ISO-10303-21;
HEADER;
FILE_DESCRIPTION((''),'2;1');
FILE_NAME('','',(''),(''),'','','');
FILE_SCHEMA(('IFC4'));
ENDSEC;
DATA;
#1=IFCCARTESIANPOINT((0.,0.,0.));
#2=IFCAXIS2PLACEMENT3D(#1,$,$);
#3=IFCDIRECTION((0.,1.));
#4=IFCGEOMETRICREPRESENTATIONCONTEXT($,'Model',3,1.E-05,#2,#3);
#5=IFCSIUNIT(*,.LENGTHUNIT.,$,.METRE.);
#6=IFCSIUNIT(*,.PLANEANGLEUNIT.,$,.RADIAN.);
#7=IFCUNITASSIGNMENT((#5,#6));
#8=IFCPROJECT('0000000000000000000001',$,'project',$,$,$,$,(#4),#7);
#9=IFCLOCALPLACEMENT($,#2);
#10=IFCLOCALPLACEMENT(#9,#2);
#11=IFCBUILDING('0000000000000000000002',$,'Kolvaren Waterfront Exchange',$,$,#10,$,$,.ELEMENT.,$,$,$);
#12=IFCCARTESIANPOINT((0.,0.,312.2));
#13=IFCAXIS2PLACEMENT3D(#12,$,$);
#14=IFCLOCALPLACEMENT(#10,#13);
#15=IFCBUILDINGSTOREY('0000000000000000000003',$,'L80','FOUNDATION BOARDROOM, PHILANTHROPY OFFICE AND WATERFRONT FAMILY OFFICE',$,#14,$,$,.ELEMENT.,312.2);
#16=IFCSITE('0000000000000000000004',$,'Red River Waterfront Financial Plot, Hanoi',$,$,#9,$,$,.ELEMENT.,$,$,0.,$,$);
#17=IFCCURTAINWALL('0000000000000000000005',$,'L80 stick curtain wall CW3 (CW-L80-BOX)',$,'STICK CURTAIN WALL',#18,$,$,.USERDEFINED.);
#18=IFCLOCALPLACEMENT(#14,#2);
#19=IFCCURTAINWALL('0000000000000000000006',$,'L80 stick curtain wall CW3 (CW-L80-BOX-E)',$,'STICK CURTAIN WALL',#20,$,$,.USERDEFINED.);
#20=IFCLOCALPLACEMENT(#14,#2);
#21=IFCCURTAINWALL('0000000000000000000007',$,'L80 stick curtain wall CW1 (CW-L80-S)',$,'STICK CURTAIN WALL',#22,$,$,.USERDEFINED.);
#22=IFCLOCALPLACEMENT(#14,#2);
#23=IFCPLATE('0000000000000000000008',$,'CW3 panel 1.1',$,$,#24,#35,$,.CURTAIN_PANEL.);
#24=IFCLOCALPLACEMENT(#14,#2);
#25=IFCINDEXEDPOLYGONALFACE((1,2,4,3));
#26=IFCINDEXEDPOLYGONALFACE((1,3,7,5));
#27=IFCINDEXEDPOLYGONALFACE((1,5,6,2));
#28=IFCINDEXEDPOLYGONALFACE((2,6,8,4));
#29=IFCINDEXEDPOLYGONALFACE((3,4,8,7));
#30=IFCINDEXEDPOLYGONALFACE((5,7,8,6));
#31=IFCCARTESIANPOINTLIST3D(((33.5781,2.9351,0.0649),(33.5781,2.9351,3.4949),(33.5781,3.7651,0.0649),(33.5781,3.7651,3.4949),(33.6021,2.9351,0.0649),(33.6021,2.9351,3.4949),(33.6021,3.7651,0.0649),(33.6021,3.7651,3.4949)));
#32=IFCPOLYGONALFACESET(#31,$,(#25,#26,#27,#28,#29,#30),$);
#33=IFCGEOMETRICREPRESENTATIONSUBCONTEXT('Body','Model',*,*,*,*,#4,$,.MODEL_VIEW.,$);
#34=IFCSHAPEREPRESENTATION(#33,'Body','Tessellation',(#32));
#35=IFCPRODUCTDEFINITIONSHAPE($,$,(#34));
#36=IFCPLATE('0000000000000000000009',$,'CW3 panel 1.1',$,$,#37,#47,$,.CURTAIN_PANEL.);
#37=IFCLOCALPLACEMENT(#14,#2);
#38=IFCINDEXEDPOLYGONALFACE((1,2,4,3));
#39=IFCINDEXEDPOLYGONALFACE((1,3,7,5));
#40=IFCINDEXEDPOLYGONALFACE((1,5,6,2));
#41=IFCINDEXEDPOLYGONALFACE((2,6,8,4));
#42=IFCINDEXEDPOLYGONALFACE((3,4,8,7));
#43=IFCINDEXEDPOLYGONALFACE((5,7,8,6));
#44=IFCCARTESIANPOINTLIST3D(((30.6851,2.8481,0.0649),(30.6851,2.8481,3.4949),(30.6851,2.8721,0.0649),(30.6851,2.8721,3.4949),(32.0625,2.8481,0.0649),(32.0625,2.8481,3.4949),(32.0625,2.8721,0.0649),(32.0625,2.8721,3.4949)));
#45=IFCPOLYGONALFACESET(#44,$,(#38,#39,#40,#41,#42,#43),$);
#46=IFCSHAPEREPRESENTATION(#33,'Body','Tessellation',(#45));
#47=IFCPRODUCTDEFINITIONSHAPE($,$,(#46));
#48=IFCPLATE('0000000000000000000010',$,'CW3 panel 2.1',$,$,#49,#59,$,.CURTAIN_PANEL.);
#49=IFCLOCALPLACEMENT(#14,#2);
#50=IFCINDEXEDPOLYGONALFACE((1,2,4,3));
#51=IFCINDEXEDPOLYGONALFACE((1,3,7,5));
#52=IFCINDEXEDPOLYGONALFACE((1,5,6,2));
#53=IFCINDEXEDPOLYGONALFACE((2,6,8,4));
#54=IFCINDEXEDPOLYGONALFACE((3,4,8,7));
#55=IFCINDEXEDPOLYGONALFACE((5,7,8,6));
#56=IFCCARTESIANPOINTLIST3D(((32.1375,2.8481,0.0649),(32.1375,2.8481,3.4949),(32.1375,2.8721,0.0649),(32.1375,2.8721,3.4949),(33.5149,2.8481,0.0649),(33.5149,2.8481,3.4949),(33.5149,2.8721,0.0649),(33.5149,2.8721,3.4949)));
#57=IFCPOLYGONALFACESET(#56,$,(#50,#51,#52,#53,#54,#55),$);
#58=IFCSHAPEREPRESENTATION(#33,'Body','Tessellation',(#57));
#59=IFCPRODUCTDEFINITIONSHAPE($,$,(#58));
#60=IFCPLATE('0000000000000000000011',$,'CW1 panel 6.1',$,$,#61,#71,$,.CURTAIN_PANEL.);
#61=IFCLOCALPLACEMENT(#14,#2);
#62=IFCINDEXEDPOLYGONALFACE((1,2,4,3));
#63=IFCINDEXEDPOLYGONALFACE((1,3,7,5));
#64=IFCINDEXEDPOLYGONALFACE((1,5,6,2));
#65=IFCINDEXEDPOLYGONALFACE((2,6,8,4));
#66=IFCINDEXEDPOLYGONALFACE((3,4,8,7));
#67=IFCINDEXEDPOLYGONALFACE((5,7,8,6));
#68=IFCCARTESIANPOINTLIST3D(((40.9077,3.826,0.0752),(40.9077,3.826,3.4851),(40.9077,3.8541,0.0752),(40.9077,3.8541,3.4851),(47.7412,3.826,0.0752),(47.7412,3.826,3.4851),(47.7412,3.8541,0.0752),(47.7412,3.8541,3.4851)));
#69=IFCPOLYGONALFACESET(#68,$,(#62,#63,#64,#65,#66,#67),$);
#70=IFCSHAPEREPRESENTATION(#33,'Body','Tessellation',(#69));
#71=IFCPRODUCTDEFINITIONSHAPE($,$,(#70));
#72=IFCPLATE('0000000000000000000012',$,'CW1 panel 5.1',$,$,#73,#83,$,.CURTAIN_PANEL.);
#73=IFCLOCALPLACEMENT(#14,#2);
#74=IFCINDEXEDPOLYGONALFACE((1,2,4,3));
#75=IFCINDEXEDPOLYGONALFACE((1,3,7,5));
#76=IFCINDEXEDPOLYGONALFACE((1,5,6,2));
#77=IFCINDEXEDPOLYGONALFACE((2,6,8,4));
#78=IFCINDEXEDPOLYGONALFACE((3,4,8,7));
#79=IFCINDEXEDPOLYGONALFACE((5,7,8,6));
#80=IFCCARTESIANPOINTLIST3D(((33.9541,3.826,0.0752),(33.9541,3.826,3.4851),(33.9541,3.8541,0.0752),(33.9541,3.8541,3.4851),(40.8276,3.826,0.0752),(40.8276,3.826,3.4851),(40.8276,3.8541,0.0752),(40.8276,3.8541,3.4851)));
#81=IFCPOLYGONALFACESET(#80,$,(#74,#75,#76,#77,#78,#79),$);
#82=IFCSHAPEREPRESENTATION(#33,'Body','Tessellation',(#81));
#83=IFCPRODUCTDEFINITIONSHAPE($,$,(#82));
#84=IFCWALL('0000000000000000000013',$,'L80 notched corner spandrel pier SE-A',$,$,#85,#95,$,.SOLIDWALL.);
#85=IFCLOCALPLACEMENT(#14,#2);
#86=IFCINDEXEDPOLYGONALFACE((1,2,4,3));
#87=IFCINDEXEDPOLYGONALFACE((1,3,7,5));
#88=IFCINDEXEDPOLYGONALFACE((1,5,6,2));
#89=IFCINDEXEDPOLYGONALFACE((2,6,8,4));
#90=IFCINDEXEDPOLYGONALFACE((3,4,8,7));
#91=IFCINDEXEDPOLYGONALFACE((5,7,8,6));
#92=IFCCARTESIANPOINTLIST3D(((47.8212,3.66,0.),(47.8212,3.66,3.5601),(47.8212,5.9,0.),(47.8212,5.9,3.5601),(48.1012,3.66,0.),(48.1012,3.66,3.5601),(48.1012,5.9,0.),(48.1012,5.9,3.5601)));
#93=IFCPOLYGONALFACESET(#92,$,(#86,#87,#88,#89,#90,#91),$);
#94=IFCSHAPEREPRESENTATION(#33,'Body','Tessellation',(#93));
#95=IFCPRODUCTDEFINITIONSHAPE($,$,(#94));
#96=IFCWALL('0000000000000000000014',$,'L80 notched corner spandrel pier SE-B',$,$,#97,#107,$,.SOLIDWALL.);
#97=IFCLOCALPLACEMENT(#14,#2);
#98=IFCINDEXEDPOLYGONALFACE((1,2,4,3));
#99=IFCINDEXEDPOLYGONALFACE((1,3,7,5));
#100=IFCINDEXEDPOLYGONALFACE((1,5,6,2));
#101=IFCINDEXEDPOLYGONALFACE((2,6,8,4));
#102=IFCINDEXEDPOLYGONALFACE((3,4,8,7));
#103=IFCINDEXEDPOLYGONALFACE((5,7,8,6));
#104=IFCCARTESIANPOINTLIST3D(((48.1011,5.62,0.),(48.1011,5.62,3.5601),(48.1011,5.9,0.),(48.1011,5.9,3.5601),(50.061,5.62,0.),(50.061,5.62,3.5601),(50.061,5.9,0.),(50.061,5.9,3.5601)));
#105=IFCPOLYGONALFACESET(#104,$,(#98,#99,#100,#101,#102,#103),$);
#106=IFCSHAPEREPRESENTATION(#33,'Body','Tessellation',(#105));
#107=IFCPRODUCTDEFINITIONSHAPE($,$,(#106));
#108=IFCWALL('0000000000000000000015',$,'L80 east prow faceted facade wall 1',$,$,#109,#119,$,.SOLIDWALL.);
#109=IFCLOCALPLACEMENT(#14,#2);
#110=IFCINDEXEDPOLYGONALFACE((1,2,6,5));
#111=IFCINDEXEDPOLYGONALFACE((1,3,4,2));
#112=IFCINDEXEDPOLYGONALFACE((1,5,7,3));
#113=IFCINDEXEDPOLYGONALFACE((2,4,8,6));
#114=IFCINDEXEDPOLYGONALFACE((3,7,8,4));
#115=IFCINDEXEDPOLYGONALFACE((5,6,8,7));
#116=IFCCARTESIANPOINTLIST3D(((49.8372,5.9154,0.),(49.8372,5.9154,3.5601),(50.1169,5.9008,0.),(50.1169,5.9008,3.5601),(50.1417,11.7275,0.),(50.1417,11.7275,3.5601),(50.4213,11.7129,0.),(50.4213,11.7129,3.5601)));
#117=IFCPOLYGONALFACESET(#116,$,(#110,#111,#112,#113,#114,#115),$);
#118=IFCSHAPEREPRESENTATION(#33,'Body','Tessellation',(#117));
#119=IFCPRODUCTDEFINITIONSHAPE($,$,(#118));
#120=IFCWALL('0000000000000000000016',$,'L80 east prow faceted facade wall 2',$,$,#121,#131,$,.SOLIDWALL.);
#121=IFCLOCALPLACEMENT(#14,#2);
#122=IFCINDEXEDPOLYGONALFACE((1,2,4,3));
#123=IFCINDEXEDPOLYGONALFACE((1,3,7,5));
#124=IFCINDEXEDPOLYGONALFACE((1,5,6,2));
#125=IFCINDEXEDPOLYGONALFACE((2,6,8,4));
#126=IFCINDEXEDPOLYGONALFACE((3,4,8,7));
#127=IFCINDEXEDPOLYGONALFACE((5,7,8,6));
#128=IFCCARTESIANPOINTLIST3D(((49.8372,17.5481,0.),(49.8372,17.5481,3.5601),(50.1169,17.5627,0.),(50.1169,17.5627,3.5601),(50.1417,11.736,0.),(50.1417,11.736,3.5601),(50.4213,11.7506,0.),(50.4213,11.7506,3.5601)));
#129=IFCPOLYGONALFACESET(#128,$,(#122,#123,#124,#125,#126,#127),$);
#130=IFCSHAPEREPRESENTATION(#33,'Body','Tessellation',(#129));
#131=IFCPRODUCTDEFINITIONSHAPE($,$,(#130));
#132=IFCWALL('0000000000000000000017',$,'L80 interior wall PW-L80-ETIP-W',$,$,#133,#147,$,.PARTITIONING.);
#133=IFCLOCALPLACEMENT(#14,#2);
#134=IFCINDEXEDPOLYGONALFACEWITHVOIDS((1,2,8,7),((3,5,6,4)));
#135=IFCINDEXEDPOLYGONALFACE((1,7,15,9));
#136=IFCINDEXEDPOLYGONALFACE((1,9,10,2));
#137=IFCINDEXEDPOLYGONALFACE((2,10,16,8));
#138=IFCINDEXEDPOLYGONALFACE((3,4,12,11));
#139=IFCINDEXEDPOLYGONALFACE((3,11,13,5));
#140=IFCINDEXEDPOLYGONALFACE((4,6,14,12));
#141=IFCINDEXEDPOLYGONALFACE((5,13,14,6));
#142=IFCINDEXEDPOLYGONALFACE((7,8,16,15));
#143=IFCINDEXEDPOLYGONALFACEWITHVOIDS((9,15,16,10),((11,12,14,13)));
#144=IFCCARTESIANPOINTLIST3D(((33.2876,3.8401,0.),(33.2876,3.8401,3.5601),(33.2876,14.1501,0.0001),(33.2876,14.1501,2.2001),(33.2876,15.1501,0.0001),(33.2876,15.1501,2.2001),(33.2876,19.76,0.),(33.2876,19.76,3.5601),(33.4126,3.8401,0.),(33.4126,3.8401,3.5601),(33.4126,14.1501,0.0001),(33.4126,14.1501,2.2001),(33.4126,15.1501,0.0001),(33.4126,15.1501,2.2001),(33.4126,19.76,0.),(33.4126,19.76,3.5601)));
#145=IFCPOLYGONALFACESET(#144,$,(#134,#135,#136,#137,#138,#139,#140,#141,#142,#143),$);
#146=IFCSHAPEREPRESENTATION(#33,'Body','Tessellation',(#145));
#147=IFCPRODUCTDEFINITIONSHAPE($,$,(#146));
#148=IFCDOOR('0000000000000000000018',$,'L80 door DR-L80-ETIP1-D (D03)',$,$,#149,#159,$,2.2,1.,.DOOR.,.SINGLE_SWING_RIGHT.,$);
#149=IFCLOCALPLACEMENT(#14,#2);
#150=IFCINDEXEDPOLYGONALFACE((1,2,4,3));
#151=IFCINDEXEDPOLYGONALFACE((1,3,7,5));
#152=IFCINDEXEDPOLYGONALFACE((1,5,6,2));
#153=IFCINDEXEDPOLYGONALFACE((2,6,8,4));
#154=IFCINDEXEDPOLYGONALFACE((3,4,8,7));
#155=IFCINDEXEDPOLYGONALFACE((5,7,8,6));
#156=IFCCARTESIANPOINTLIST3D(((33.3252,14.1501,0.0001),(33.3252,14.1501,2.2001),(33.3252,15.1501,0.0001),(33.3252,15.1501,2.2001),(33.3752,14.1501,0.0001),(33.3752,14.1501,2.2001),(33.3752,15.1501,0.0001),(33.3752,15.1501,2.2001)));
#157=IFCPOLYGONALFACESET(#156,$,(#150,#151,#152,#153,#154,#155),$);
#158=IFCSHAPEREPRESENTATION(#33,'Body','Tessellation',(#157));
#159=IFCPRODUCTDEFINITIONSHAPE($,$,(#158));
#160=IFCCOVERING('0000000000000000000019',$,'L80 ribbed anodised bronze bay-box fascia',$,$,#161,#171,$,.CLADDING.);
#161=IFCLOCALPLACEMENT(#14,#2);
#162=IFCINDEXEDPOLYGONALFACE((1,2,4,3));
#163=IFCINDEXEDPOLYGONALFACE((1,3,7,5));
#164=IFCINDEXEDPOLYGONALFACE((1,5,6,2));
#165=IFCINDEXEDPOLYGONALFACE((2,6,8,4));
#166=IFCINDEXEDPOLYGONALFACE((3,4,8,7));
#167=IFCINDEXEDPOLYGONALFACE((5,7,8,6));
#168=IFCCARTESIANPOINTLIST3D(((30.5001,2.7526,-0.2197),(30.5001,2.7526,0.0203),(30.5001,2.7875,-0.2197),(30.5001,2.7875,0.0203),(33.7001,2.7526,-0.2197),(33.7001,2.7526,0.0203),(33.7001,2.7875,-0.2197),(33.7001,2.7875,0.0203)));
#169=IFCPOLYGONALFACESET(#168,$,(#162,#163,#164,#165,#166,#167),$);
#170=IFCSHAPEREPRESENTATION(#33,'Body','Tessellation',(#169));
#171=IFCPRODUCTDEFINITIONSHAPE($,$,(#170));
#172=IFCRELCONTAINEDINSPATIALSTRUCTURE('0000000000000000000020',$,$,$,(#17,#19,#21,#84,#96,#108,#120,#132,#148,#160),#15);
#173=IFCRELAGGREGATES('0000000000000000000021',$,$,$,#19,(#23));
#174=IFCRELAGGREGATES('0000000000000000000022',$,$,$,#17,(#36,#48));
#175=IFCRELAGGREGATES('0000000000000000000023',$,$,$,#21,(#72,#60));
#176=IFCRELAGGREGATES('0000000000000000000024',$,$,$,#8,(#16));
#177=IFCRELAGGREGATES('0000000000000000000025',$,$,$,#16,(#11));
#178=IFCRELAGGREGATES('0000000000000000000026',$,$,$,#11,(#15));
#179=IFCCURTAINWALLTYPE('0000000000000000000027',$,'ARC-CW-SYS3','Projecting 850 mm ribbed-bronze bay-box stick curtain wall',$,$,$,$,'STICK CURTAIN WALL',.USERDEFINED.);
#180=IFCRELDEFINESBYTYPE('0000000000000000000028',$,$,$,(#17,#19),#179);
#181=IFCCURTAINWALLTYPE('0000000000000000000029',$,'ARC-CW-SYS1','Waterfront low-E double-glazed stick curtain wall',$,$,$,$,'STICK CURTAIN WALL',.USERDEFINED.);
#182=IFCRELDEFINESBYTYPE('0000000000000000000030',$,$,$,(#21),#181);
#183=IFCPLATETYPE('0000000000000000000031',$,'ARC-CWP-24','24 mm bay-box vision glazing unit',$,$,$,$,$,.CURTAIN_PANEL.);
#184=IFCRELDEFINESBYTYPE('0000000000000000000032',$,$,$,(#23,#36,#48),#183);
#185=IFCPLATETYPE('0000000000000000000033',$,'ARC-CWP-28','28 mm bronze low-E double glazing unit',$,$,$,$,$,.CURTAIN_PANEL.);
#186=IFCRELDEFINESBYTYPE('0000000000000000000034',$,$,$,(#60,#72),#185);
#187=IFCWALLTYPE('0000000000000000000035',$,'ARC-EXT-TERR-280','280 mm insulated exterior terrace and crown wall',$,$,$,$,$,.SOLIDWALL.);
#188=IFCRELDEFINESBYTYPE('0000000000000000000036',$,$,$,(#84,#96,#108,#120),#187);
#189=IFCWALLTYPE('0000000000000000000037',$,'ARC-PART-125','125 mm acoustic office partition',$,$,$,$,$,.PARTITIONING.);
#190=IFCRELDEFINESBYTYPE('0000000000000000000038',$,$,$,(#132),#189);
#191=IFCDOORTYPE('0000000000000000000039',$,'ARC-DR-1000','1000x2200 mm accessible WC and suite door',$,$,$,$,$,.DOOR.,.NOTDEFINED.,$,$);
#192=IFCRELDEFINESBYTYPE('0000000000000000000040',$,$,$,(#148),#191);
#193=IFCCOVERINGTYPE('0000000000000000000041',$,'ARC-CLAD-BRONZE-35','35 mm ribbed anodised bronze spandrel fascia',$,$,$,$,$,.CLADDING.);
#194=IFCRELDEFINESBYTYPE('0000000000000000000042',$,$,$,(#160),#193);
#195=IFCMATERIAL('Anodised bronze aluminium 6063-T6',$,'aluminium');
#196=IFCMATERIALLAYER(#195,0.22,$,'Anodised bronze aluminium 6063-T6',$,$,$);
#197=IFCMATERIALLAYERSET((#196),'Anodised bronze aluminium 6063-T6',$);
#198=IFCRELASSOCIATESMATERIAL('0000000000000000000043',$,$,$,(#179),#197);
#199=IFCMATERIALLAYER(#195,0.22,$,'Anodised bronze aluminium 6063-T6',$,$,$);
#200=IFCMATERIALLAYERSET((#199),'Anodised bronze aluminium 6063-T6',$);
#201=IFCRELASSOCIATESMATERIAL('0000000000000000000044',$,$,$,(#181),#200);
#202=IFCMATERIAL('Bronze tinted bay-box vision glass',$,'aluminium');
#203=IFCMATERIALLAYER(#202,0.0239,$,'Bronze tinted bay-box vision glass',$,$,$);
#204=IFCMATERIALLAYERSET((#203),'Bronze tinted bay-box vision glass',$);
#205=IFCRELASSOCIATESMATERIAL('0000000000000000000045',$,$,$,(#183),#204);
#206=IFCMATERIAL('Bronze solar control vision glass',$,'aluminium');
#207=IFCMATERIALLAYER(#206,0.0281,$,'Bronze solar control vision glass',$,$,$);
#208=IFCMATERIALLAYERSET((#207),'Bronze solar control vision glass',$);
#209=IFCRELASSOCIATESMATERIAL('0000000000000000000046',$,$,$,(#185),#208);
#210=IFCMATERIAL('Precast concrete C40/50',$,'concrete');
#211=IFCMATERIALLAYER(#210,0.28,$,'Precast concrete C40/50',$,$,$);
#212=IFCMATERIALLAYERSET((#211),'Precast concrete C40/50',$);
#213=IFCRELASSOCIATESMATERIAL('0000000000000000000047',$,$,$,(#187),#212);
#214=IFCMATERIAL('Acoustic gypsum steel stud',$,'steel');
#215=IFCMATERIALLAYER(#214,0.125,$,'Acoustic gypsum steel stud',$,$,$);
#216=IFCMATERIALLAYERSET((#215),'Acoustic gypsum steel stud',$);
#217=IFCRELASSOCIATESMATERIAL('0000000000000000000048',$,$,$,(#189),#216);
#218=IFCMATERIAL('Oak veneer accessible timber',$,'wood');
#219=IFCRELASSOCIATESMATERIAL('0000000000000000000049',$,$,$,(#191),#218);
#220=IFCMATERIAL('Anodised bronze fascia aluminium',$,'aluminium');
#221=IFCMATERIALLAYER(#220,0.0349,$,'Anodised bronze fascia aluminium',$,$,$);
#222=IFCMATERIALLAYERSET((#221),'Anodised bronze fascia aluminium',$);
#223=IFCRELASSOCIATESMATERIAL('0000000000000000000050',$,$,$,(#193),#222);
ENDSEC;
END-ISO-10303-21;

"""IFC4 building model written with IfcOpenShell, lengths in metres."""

from ifc_helpers import new_model, si_unit, direction, frame, frame_2d, origin, origin_with_axes, origin_2d, place, context, subcontext, project, spatial, rectangle, extrude, source, transform, mapped, material, layer, layer_set, type_object, element, fill, aggregate, save


model = new_model("IFC4")

# Units and contexts
model_context = context("Model", 3, precision=1e-05, world=origin(), true_north=direction((0.0, 1.0)))
body_context = subcontext(model_context, "Body", "Model", "MODEL_VIEW")
ifc_project = project(units=[si_unit("LENGTHUNIT", "METRE"), si_unit("PLANEANGLEUNIT", "RADIAN")], contexts=[model_context])

# Site, building, storey
site_placement = place(None, origin())
site = spatial("IfcSite", under=ifc_project, at=site_placement, Name="Red River Waterfront Financial Plot, Hanoi", CompositionType="ELEMENT", RefElevation=0.0)
building_placement = place(site_placement, origin())
building = spatial("IfcBuilding", under=site, at=building_placement, Name="Kolvaren Waterfront Exchange", CompositionType="ELEMENT")
storey_placement = place(building_placement, frame((0.0, 0.0, 312.2)))
storey = spatial("IfcBuildingStorey", under=building, at=storey_placement, Name="L80", Description="FOUNDATION BOARDROOM, PHILANTHROPY OFFICE AND WATERFRONT FAMILY OFFICE", CompositionType="ELEMENT", Elevation=312.2)

# Curtain walls
ifc_material_1 = material(Name="Anodised bronze aluminium 6063-T6", Category="aluminium")
ifc_layer_1 = layer(ifc_material_1, 0.22, Name="Anodised bronze aluminium 6063-T6")
ifc_layer_set_1 = layer_set([ifc_layer_1], Name="Anodised bronze aluminium 6063-T6")
curtain_wall_type_1 = type_object("IfcCurtainWallType", Name="ARC-CW-SYS3", Description="Projecting 850 mm ribbed-bronze bay-box stick curtain wall", ElementType="STICK CURTAIN WALL", PredefinedType="USERDEFINED", material=ifc_layer_set_1)
curtain_wall_1_placement = place(storey_placement, origin())
curtain_wall_1 = element("IfcCurtainWall", 1, at=curtain_wall_1_placement, inside=storey, type_object=curtain_wall_type_1, Name="L80 stick curtain wall CW3 (CW-L80-BOX)", ObjectType="STICK CURTAIN WALL", PredefinedType="USERDEFINED")
curtain_wall_2_placement = place(storey_placement, origin())
curtain_wall_2 = element("IfcCurtainWall", 2, at=curtain_wall_2_placement, inside=storey, type_object=curtain_wall_type_1, Name="L80 stick curtain wall CW3 (CW-L80-BOX-E)", ObjectType="STICK CURTAIN WALL", PredefinedType="USERDEFINED")

# Curtain wall
ifc_layer_2 = layer(ifc_material_1, 0.22, Name="Anodised bronze aluminium 6063-T6")
ifc_layer_set_2 = layer_set([ifc_layer_2], Name="Anodised bronze aluminium 6063-T6")
curtain_wall_type_2 = type_object("IfcCurtainWallType", Name="ARC-CW-SYS1", Description="Waterfront low-E double-glazed stick curtain wall", ElementType="STICK CURTAIN WALL", PredefinedType="USERDEFINED", material=ifc_layer_set_2)
curtain_wall_3_placement = place(storey_placement, origin())
curtain_wall_3 = element("IfcCurtainWall", 3, at=curtain_wall_3_placement, inside=storey, type_object=curtain_wall_type_2, Name="L80 stick curtain wall CW1 (CW-L80-S)", ObjectType="STICK CURTAIN WALL", PredefinedType="USERDEFINED")

# Plates
ifc_material_2 = material(Name="Bronze tinted bay-box vision glass", Category="aluminium")
ifc_layer_3 = layer(ifc_material_2, 0.0239, Name="Bronze tinted bay-box vision glass")
ifc_layer_set_3 = layer_set([ifc_layer_3], Name="Bronze tinted bay-box vision glass")
plate_type_1 = type_object("IfcPlateType", Name="ARC-CWP-24", Description="24 mm bay-box vision glazing unit", PredefinedType="CURTAIN_PANEL", material=ifc_layer_set_3)
shared_shape_1 = source(origin_with_axes(), body_context, "Body", "SweptSolid", [
    extrude(rectangle(XDim=0.8301, YDim=0.0239, at=origin_2d()), origin(), (0.0, 0.0, 1.0), 3.4299),
])
plate_1_placement = place(storey_placement, frame((33.5901, 3.3501, 0.0649), z_axis=(0.0, 0.0, 1.0), x_axis=(0.0, 1.0, 0.0)))
plate_1 = element("IfcPlate", 4, at=plate_1_placement, type_object=plate_type_1, Name="CW3 panel 1.1", PredefinedType="CURTAIN_PANEL", context=body_context, shape_type="MappedRepresentation", body=[
    mapped(shared_shape_1, transform((0.0, 0.0, 0.0), x_axis=(1.0, 0.0, 0.0), y_axis=(0.0, 1.0, 0.0), z_axis=(0.0, 0.0, 1.0), scale=1.0)),
])
aggregate(curtain_wall_2, [plate_1])
shared_shape_2 = source(origin_with_axes(), body_context, "Body", "SweptSolid", [
    extrude(rectangle(XDim=1.3774, YDim=0.0239, at=origin_2d()), origin(), (0.0, 0.0, 1.0), 3.4299),
])
plate_2_placement = place(storey_placement, frame((31.3738, 2.8601, 0.0649), z_axis=(0.0, 0.0, 1.0), x_axis=(1.0, 0.0, 0.0)))
plate_2 = element("IfcPlate", 5, at=plate_2_placement, type_object=plate_type_1, Name="CW3 panel 1.1", PredefinedType="CURTAIN_PANEL", context=body_context, shape_type="MappedRepresentation", body=[
    mapped(shared_shape_2, transform((0.0, 0.0, 0.0), x_axis=(1.0, 0.0, 0.0), y_axis=(0.0, 1.0, 0.0), z_axis=(0.0, 0.0, 1.0), scale=1.0)),
])
plate_3_placement = place(storey_placement, frame((32.8262, 2.8601, 0.0649), z_axis=(0.0, 0.0, 1.0), x_axis=(1.0, 0.0, 0.0)))
plate_3 = element("IfcPlate", 6, at=plate_3_placement, type_object=plate_type_1, Name="CW3 panel 2.1", PredefinedType="CURTAIN_PANEL", context=body_context, shape_type="MappedRepresentation", body=[
    mapped(shared_shape_2, transform((0.0, 0.0, 0.0), x_axis=(1.0, 0.0, 0.0), y_axis=(0.0, 1.0, 0.0), z_axis=(0.0, 0.0, 1.0), scale=1.0)),
])
aggregate(curtain_wall_1, [plate_2, plate_3])
ifc_material_3 = material(Name="Bronze solar control vision glass", Category="aluminium")
ifc_layer_4 = layer(ifc_material_3, 0.0281, Name="Bronze solar control vision glass")
ifc_layer_set_4 = layer_set([ifc_layer_4], Name="Bronze solar control vision glass")
plate_type_2 = type_object("IfcPlateType", Name="ARC-CWP-28", Description="28 mm bronze low-E double glazing unit", PredefinedType="CURTAIN_PANEL", material=ifc_layer_set_4)
shared_shape_3 = source(origin_with_axes(), body_context, "Body", "SweptSolid", [
    extrude(rectangle(XDim=6.8335, YDim=0.0281, at=origin_2d()), origin(), (0.0, 0.0, 1.0), 3.4099),
])
plate_4_placement = place(storey_placement, frame((44.3245, 3.8401, 0.0752), z_axis=(0.0, 0.0, 1.0), x_axis=(1.0, 0.0, 0.0)))
plate_4 = element("IfcPlate", 7, at=plate_4_placement, type_object=plate_type_2, Name="CW1 panel 6.1", PredefinedType="CURTAIN_PANEL", context=body_context, shape_type="MappedRepresentation", body=[
    mapped(shared_shape_3, transform((0.0, 0.0, 0.0), x_axis=(1.0, 0.0, 0.0), y_axis=(0.0, 1.0, 0.0), z_axis=(0.0, 0.0, 1.0), scale=1.0)),
])
shared_shape_4 = source(origin_with_axes(), body_context, "Body", "SweptSolid", [
    extrude(rectangle(XDim=6.8735, YDim=0.0281, at=origin_2d()), origin(), (0.0, 0.0, 1.0), 3.4099),
])
plate_5_placement = place(storey_placement, frame((37.3909, 3.8401, 0.0752), z_axis=(0.0, 0.0, 1.0), x_axis=(1.0, 0.0, 0.0)))
plate_5 = element("IfcPlate", 8, at=plate_5_placement, type_object=plate_type_2, Name="CW1 panel 5.1", PredefinedType="CURTAIN_PANEL", context=body_context, shape_type="MappedRepresentation", body=[
    mapped(shared_shape_4, transform((0.0, 0.0, 0.0), x_axis=(1.0, 0.0, 0.0), y_axis=(0.0, 1.0, 0.0), z_axis=(0.0, 0.0, 1.0), scale=1.0)),
])
aggregate(curtain_wall_3, [plate_5, plate_4])

# Walls
ifc_material_4 = material(Name="Precast concrete C40/50", Category="concrete")
ifc_layer_5 = layer(ifc_material_4, 0.28, Name="Precast concrete C40/50")
ifc_layer_set_5 = layer_set([ifc_layer_5], Name="Precast concrete C40/50")
wall_type_1 = type_object("IfcWallType", Name="ARC-EXT-TERR-280", Description="280 mm insulated exterior terrace and crown wall", PredefinedType="SOLIDWALL", material=ifc_layer_set_5)
wall_1_placement = place(storey_placement, frame((47.9612, 3.6599, 0.0), z_axis=(0.0, 0.0, 1.0), x_axis=(0.0, 1.0, 0.0)))
element("IfcWall", 9, at=wall_1_placement, inside=storey, type_object=wall_type_1, Name="L80 notched corner spandrel pier SE-A", PredefinedType="SOLIDWALL", context=body_context, shape_type="SweptSolid", body=[
    extrude(rectangle(XDim=2.24, YDim=0.28, at=frame_2d((1.1201, 0.0))), origin(), (0.0, 0.0, 1.0), 3.5601),
])
wall_2_placement = place(storey_placement, frame((48.1011, 5.76, 0.0), z_axis=(0.0, 0.0, 1.0), x_axis=(1.0, 0.0, 0.0)))
element("IfcWall", 10, at=wall_2_placement, inside=storey, type_object=wall_type_1, Name="L80 notched corner spandrel pier SE-B", PredefinedType="SOLIDWALL", context=body_context, shape_type="SweptSolid", body=[
    extrude(rectangle(XDim=1.96, YDim=0.28, at=frame_2d((0.98, 0.0))), origin(), (0.0, 0.0, 1.0), 3.5601),
])
for number, where, z_axis, x_axis, name in (
    (11, (49.9771, 5.908, 0.0), (0.0, 0.0, 1.0), (0.05231, 0.998631, 0.0), "L80 east prow faceted facade wall 1"),
    (12, (50.2815, 11.7432, 0.0), (0.0, 0.0, 1.0), (-0.05231, 0.998631, 0.0), "L80 east prow faceted facade wall 2"),
):
    element("IfcWall", number, at=place(storey_placement, frame(where, z_axis=z_axis, x_axis=x_axis)), inside=storey, type_object=wall_type_1, Name=name, PredefinedType="SOLIDWALL", context=body_context, shape_type="SweptSolid", body=[
        extrude(rectangle(XDim=5.8201, YDim=0.28, at=frame_2d((2.9102, 0.0))), origin(), (0.0, 0.0, 1.0), 3.5601),
    ])

# Wall, opening, door
ifc_material_5 = material(Name="Acoustic gypsum steel stud", Category="steel")
ifc_layer_6 = layer(ifc_material_5, 0.125, Name="Acoustic gypsum steel stud")
ifc_layer_set_6 = layer_set([ifc_layer_6], Name="Acoustic gypsum steel stud")
wall_type_2 = type_object("IfcWallType", Name="ARC-PART-125", Description="125 mm acoustic office partition", PredefinedType="PARTITIONING", material=ifc_layer_set_6)
wall_3_placement = place(storey_placement, frame((33.3501, 3.8401, 0.0), z_axis=(0.0, 0.0, 1.0), x_axis=(0.0, 1.0, 0.0)))
wall_3 = element("IfcWall", 13, at=wall_3_placement, inside=storey, type_object=wall_type_2, Name="L80 interior wall PW-L80-ETIP-W", PredefinedType="PARTITIONING", context=body_context, shape_type="SweptSolid", body=[
    extrude(rectangle(XDim=15.9199, YDim=0.125, at=frame_2d((7.96, 0.0))), origin(), (0.0, 0.0, 1.0), 3.5601),
])
opening_placement = place(wall_3_placement, frame((10.3101, 0.0, 0.0)))
opening = element("IfcOpeningElement", 14, at=opening_placement, cuts=wall_3, PredefinedType="OPENING", context=body_context, shape_type="SweptSolid", body=[
    extrude(rectangle(XDim=1.0, YDim=2.2, at=frame_2d((0.5, 1.1001))), frame((0.0, 0.0725, 0.0), z_axis=(0.0, -1.0, 0.0), x_axis=(1.0, 0.0, 0.0)), (0.0, 0.0, 1.0), 0.145),
])
ifc_material_6 = material(Name="Oak veneer accessible timber", Category="wood")
door_type = type_object("IfcDoorType", Name="ARC-DR-1000", Description="1000x2200 mm accessible WC and suite door", OperationType="NOTDEFINED", PredefinedType="DOOR", material=ifc_material_6)
door_placement = place(opening_placement, origin())
door = element("IfcDoor", 15, at=door_placement, inside=storey, type_object=door_type, Name="L80 door DR-L80-ETIP1-D (D03)", OperationType="SINGLE_SWING_RIGHT", OverallHeight=2.2, OverallWidth=1.0, PredefinedType="DOOR", context=body_context, shape_type="SweptSolid", body=[
    extrude(rectangle(XDim=1.0, YDim=2.2, at=frame_2d((0.5, 1.1001))), frame((0.0, 0.0249, 0.0), z_axis=(0.0, -1.0, 0.0), x_axis=(1.0, 0.0, 0.0)), (0.0, 0.0, 1.0), 0.05),
])
fill(opening, door)

# Covering
ifc_material_7 = material(Name="Anodised bronze fascia aluminium", Category="aluminium")
ifc_layer_7 = layer(ifc_material_7, 0.0349, Name="Anodised bronze fascia aluminium")
ifc_layer_set_7 = layer_set([ifc_layer_7], Name="Anodised bronze fascia aluminium")
covering_type = type_object("IfcCoveringType", Name="ARC-CLAD-BRONZE-35", Description="35 mm ribbed anodised bronze spandrel fascia", PredefinedType="CLADDING", material=ifc_layer_set_7)
covering_placement = place(storey_placement, frame((32.1001, 2.77, -0.2197), z_axis=(0.0, 0.0, 1.0), x_axis=(1.0, 0.0, 0.0)))
element("IfcCovering", 16, at=covering_placement, inside=storey, type_object=covering_type, Name="L80 ribbed anodised bronze bay-box fascia", PredefinedType="CLADDING", context=body_context, shape_type="SweptSolid", body=[
    extrude(rectangle(XDim=3.2, YDim=0.0349, at=origin_2d()), origin(), (0.0, 0.0, 1.0), 0.24),
])

save(model, "model.ifc")
